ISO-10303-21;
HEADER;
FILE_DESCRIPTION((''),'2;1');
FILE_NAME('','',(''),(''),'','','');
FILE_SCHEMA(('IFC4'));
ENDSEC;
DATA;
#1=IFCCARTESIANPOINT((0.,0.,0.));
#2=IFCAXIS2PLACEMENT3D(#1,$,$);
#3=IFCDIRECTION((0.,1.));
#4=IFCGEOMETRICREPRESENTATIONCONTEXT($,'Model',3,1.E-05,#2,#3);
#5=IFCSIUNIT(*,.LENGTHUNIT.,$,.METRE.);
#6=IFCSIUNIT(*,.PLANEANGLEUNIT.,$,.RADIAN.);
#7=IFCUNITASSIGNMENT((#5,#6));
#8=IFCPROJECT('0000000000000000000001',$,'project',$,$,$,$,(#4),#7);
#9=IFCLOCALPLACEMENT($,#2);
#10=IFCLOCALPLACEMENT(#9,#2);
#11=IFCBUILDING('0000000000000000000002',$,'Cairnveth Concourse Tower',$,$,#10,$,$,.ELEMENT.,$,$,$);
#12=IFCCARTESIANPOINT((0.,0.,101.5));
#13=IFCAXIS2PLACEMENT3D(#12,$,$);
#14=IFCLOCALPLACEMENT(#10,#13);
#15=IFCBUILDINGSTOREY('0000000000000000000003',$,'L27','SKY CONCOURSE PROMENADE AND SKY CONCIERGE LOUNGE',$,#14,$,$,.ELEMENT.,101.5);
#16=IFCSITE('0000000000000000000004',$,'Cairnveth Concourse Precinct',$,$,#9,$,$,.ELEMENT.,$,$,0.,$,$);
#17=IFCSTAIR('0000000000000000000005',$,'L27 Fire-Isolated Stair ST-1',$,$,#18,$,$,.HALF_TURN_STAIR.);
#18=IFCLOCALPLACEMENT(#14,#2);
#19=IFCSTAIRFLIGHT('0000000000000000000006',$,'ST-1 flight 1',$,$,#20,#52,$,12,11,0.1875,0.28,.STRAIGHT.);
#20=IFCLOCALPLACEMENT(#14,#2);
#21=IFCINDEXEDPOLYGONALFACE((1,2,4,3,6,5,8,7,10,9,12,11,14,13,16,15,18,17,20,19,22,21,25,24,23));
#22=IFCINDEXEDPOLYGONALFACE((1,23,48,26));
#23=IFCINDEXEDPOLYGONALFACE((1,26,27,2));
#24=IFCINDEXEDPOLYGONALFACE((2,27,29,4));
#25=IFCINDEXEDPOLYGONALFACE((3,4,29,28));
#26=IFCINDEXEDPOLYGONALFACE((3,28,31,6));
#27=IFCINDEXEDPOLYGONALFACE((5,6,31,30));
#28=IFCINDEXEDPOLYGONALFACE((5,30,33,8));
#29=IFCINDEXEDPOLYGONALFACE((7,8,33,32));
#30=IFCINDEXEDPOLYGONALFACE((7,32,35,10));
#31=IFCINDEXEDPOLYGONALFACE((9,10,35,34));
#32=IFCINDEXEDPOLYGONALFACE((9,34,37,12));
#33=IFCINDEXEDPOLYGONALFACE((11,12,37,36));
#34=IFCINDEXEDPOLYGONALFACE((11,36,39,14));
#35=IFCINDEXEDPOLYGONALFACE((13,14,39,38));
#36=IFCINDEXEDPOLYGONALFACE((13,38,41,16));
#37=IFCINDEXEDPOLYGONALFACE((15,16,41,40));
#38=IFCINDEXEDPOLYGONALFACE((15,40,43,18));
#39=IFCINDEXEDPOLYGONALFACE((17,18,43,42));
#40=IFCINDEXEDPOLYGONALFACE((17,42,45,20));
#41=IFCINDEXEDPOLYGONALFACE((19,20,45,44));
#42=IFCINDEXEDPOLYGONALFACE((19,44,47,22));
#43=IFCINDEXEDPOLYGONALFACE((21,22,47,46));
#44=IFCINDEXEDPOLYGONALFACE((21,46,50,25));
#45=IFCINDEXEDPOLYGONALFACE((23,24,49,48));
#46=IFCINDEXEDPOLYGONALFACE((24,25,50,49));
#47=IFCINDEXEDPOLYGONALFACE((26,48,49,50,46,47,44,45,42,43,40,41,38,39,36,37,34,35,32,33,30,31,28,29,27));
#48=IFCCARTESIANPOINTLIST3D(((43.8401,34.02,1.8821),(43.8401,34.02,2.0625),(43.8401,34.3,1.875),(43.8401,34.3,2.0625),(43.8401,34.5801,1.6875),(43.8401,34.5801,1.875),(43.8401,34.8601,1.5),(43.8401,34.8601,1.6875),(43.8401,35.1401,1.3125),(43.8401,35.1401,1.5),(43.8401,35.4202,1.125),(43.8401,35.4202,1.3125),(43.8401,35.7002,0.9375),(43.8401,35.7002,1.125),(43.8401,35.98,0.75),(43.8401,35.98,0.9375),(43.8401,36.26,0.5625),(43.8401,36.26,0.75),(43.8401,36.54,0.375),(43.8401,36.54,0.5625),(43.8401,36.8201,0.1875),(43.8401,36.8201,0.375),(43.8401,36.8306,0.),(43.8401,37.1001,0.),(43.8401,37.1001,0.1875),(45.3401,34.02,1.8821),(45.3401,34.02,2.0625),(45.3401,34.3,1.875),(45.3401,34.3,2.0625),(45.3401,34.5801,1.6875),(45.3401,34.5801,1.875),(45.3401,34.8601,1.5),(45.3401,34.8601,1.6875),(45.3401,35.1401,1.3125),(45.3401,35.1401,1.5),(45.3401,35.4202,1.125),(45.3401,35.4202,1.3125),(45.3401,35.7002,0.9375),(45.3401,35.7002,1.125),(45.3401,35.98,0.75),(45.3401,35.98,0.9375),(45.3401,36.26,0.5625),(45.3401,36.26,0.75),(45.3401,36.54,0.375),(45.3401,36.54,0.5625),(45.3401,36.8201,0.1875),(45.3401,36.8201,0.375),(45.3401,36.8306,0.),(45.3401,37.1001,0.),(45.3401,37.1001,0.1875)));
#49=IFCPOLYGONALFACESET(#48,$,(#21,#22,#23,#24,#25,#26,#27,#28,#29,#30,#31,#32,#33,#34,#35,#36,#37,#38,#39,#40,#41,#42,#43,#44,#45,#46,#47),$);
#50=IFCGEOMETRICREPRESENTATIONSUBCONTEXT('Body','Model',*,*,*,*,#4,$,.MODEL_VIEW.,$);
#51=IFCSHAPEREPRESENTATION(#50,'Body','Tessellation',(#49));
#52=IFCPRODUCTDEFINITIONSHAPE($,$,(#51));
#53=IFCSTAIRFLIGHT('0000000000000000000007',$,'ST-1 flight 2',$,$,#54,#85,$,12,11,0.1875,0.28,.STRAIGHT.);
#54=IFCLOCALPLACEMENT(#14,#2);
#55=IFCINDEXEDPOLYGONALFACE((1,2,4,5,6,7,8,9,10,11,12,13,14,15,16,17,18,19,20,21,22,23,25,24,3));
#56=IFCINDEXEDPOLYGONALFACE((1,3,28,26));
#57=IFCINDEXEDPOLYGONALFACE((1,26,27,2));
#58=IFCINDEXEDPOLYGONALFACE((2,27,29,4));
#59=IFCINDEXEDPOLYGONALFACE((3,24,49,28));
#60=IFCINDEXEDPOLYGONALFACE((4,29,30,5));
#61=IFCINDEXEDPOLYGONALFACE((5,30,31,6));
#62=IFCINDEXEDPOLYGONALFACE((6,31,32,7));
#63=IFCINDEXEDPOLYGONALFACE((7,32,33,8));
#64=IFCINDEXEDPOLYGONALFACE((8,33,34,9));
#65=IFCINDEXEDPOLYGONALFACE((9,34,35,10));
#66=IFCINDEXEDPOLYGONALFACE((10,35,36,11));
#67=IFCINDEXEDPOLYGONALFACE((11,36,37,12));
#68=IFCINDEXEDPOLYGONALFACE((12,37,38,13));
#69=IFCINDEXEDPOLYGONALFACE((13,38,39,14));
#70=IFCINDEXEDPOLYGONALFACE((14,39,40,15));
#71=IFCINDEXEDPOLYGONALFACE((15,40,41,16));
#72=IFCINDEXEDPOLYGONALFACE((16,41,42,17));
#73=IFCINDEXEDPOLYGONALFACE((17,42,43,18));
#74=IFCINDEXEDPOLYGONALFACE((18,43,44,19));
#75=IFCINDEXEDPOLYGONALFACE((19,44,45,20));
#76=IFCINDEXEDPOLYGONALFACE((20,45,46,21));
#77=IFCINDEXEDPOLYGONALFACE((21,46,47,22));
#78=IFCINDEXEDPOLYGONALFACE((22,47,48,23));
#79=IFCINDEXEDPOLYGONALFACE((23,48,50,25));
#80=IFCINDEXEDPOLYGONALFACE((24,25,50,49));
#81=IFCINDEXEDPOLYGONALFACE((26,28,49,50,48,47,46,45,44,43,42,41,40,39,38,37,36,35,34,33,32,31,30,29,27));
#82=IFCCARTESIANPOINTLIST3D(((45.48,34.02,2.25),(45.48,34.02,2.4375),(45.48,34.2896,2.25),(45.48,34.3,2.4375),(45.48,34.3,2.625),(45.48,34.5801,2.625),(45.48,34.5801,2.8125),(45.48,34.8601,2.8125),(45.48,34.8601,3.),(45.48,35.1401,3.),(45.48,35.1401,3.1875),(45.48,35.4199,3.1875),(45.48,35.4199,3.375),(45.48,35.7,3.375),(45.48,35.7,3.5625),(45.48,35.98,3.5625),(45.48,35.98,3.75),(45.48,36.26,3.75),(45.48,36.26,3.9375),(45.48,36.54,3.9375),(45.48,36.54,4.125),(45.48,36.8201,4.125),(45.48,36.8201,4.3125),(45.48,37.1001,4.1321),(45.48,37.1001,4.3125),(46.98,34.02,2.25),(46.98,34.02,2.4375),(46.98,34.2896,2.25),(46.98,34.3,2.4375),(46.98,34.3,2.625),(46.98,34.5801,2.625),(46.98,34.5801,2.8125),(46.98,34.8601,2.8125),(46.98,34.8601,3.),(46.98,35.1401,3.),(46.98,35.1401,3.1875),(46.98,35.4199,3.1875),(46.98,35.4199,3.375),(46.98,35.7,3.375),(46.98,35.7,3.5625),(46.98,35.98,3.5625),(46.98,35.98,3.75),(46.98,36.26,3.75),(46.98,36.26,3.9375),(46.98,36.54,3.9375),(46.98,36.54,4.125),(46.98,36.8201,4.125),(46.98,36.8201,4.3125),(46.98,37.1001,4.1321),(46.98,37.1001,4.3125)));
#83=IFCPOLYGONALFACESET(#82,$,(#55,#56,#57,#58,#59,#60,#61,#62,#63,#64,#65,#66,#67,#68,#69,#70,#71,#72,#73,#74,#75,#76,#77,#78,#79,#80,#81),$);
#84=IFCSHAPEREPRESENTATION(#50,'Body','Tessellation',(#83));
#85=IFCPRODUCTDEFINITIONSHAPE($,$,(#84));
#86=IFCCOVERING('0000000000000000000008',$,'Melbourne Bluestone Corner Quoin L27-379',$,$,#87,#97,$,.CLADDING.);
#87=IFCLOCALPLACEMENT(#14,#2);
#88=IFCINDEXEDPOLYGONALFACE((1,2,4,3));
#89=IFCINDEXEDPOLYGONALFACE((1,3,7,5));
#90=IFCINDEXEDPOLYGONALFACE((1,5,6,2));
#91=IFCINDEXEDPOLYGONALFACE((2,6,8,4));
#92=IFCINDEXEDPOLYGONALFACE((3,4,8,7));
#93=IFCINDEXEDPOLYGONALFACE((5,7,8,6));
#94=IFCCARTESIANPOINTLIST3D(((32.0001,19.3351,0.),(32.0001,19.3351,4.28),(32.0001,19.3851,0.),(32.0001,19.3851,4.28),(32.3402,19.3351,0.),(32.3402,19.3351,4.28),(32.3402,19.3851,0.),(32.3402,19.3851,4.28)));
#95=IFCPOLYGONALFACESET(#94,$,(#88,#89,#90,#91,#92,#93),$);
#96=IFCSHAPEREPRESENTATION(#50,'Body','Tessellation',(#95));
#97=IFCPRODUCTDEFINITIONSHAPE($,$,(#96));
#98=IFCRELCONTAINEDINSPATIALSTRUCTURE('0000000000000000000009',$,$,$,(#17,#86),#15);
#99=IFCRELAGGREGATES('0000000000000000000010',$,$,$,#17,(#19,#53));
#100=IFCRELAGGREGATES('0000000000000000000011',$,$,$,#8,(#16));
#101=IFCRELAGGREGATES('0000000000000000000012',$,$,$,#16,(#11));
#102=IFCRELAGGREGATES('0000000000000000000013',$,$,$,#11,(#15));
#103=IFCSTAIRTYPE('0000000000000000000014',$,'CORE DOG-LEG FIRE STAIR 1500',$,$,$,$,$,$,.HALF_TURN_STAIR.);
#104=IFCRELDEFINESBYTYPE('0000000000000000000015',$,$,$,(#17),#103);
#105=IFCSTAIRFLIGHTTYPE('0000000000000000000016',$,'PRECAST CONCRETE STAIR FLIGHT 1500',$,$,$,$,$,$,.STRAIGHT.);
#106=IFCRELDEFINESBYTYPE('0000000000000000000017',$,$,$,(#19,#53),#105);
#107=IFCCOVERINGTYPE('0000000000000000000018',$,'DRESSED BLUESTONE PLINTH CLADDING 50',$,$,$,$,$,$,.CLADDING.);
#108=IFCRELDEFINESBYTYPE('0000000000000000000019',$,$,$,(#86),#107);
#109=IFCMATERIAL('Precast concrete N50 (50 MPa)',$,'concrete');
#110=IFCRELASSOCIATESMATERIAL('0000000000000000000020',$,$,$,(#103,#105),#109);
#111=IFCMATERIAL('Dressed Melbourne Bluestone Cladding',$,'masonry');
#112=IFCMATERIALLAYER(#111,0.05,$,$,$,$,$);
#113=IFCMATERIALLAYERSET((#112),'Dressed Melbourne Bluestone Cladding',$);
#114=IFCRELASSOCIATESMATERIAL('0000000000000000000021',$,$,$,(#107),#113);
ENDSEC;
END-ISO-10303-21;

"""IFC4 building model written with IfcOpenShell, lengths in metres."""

from ifc_helpers import new_model, si_unit, direction, frame, frame_2d, origin, place, context, subcontext, project, spatial, polyline, rectangle, outline, extrude, material, layer, layer_set, type_object, element, aggregate, save


model = new_model("IFC4")

# Units and contexts
model_context = context("Model", 3, precision=1e-05, world=origin(), true_north=direction((0.0, 1.0)))
body_context = subcontext(model_context, "Body", "Model", "MODEL_VIEW")
ifc_project = project(units=[si_unit("LENGTHUNIT", "METRE"), si_unit("PLANEANGLEUNIT", "RADIAN")], contexts=[model_context])

# Site, building, storey
site_placement = place(None, origin())
site = spatial("IfcSite", under=ifc_project, at=site_placement, Name="Cairnveth Concourse Precinct", CompositionType="ELEMENT", RefElevation=0.0)
building_placement = place(site_placement, origin())
building = spatial("IfcBuilding", under=site, at=building_placement, Name="Cairnveth Concourse Tower", CompositionType="ELEMENT")
storey_placement = place(building_placement, frame((0.0, 0.0, 101.5)))
storey = spatial("IfcBuildingStorey", under=building, at=storey_placement, Name="L27", Description="SKY CONCOURSE PROMENADE AND SKY CONCIERGE LOUNGE", CompositionType="ELEMENT", Elevation=101.5)

# Stair, stair flights
ifc_material_1 = material(Name="Precast concrete N50 (50 MPa)", Category="concrete")
stair_type = type_object("IfcStairType", Name="CORE DOG-LEG FIRE STAIR 1500", PredefinedType="HALF_TURN_STAIR", material=ifc_material_1)
stair_placement = place(storey_placement, origin())
stair = element("IfcStair", 1, at=stair_placement, inside=storey, type_object=stair_type, Name="L27 Fire-Isolated Stair ST-1", PredefinedType="HALF_TURN_STAIR")
stair_flight_type = type_object("IfcStairFlightType", Name="PRECAST CONCRETE STAIR FLIGHT 1500", PredefinedType="STRAIGHT", material=ifc_material_1)
stair_flight_1_placement = place(storey_placement, frame((44.5901, 37.1001, 0.0), z_axis=(0.0, 0.0, 1.0), x_axis=(0.0, -1.0, 0.0)))
stair_flight_1 = element("IfcStairFlight", 2, at=stair_flight_1_placement, type_object=stair_flight_type, Name="ST-1 flight 1", NumberOfRisers=12, NumberOfTreads=11, PredefinedType="STRAIGHT", RiserHeight=0.1875, TreadLength=0.28, context=body_context, shape_type="SweptSolid", body=[
    extrude(outline(polyline([(0.0, 0.0), (0.0, 0.1875), (0.28, 0.1875), (0.28, 0.375), (0.5601, 0.375), (0.5601, 0.5625), (0.8401, 0.5625), (0.8401, 0.75), (1.1201, 0.75), (1.1201, 0.9375), (1.3999, 0.9375), (1.3999, 1.125), (1.6799, 1.125), (1.6799, 1.3125), (1.96, 1.3125), (1.96, 1.5), (2.24, 1.5), (2.24, 1.6875), (2.52, 1.6875), (2.52, 1.875), (2.8, 1.875), (2.8, 2.0625), (3.0801, 2.0625), (3.0801, 2.25), (3.0801, 1.8821), (0.2695, 0.0), (0.0, 0.0)])), frame((0.0, 0.75, 0.0), z_axis=(0.0, -1.0, 0.0), x_axis=(1.0, 0.0, 0.0)), (0.0, 0.0, 1.0), 1.5),
])
stair_flight_2_placement = place(storey_placement, frame((46.23, 34.02, 2.25), z_axis=(0.0, 0.0, 1.0), x_axis=(0.0, 1.0, 0.0)))
stair_flight_2 = element("IfcStairFlight", 3, at=stair_flight_2_placement, type_object=stair_flight_type, Name="ST-1 flight 2", NumberOfRisers=12, NumberOfTreads=11, PredefinedType="STRAIGHT", RiserHeight=0.1875, TreadLength=0.28, context=body_context, shape_type="SweptSolid", body=[
    extrude(outline(polyline([(0.0, 0.0), (0.0, 0.1875), (0.28, 0.1875), (0.28, 0.375), (0.5601, 0.375), (0.5601, 0.5625), (0.8401, 0.5625), (0.8401, 0.75), (1.1201, 0.75), (1.1201, 0.9375), (1.3999, 0.9375), (1.3999, 1.125), (1.6799, 1.125), (1.6799, 1.3125), (1.96, 1.3125), (1.96, 1.5), (2.24, 1.5), (2.24, 1.6875), (2.52, 1.6875), (2.52, 1.875), (2.8, 1.875), (2.8, 2.0625), (3.0801, 2.0625), (3.0801, 2.25), (3.0801, 1.8821), (0.2695, 0.0), (0.0, 0.0)])), frame((0.0, 0.75, 0.0), z_axis=(0.0, -1.0, 0.0), x_axis=(1.0, 0.0, 0.0)), (0.0, 0.0, 1.0), 1.5),
])
aggregate(stair, [stair_flight_1, stair_flight_2])

# Covering
ifc_material_2 = material(Name="Dressed Melbourne Bluestone Cladding", Category="masonry")
ifc_layer_1 = layer(ifc_material_2, 0.05)
ifc_layer_set_1 = layer_set([ifc_layer_1], Name="Dressed Melbourne Bluestone Cladding")
covering_type = type_object("IfcCoveringType", Name="DRESSED BLUESTONE PLINTH CLADDING 50", PredefinedType="CLADDING", material=ifc_layer_set_1)
covering_placement = place(storey_placement, frame((32.3401, 19.3601, 0.0), z_axis=(0.0, 0.0, 1.0), x_axis=(-1.0, 0.0, 0.0)))
element("IfcCovering", 4, at=covering_placement, inside=storey, type_object=covering_type, Name="Melbourne Bluestone Corner Quoin L27-379", PredefinedType="CLADDING", context=body_context, shape_type="SweptSolid", body=[
    extrude(rectangle(XDim=0.3401, YDim=0.05, at=frame_2d((0.1699, 0.0))), origin(), (0.0, 0.0, 1.0), 4.28),
])

save(model, "model.ifc")
